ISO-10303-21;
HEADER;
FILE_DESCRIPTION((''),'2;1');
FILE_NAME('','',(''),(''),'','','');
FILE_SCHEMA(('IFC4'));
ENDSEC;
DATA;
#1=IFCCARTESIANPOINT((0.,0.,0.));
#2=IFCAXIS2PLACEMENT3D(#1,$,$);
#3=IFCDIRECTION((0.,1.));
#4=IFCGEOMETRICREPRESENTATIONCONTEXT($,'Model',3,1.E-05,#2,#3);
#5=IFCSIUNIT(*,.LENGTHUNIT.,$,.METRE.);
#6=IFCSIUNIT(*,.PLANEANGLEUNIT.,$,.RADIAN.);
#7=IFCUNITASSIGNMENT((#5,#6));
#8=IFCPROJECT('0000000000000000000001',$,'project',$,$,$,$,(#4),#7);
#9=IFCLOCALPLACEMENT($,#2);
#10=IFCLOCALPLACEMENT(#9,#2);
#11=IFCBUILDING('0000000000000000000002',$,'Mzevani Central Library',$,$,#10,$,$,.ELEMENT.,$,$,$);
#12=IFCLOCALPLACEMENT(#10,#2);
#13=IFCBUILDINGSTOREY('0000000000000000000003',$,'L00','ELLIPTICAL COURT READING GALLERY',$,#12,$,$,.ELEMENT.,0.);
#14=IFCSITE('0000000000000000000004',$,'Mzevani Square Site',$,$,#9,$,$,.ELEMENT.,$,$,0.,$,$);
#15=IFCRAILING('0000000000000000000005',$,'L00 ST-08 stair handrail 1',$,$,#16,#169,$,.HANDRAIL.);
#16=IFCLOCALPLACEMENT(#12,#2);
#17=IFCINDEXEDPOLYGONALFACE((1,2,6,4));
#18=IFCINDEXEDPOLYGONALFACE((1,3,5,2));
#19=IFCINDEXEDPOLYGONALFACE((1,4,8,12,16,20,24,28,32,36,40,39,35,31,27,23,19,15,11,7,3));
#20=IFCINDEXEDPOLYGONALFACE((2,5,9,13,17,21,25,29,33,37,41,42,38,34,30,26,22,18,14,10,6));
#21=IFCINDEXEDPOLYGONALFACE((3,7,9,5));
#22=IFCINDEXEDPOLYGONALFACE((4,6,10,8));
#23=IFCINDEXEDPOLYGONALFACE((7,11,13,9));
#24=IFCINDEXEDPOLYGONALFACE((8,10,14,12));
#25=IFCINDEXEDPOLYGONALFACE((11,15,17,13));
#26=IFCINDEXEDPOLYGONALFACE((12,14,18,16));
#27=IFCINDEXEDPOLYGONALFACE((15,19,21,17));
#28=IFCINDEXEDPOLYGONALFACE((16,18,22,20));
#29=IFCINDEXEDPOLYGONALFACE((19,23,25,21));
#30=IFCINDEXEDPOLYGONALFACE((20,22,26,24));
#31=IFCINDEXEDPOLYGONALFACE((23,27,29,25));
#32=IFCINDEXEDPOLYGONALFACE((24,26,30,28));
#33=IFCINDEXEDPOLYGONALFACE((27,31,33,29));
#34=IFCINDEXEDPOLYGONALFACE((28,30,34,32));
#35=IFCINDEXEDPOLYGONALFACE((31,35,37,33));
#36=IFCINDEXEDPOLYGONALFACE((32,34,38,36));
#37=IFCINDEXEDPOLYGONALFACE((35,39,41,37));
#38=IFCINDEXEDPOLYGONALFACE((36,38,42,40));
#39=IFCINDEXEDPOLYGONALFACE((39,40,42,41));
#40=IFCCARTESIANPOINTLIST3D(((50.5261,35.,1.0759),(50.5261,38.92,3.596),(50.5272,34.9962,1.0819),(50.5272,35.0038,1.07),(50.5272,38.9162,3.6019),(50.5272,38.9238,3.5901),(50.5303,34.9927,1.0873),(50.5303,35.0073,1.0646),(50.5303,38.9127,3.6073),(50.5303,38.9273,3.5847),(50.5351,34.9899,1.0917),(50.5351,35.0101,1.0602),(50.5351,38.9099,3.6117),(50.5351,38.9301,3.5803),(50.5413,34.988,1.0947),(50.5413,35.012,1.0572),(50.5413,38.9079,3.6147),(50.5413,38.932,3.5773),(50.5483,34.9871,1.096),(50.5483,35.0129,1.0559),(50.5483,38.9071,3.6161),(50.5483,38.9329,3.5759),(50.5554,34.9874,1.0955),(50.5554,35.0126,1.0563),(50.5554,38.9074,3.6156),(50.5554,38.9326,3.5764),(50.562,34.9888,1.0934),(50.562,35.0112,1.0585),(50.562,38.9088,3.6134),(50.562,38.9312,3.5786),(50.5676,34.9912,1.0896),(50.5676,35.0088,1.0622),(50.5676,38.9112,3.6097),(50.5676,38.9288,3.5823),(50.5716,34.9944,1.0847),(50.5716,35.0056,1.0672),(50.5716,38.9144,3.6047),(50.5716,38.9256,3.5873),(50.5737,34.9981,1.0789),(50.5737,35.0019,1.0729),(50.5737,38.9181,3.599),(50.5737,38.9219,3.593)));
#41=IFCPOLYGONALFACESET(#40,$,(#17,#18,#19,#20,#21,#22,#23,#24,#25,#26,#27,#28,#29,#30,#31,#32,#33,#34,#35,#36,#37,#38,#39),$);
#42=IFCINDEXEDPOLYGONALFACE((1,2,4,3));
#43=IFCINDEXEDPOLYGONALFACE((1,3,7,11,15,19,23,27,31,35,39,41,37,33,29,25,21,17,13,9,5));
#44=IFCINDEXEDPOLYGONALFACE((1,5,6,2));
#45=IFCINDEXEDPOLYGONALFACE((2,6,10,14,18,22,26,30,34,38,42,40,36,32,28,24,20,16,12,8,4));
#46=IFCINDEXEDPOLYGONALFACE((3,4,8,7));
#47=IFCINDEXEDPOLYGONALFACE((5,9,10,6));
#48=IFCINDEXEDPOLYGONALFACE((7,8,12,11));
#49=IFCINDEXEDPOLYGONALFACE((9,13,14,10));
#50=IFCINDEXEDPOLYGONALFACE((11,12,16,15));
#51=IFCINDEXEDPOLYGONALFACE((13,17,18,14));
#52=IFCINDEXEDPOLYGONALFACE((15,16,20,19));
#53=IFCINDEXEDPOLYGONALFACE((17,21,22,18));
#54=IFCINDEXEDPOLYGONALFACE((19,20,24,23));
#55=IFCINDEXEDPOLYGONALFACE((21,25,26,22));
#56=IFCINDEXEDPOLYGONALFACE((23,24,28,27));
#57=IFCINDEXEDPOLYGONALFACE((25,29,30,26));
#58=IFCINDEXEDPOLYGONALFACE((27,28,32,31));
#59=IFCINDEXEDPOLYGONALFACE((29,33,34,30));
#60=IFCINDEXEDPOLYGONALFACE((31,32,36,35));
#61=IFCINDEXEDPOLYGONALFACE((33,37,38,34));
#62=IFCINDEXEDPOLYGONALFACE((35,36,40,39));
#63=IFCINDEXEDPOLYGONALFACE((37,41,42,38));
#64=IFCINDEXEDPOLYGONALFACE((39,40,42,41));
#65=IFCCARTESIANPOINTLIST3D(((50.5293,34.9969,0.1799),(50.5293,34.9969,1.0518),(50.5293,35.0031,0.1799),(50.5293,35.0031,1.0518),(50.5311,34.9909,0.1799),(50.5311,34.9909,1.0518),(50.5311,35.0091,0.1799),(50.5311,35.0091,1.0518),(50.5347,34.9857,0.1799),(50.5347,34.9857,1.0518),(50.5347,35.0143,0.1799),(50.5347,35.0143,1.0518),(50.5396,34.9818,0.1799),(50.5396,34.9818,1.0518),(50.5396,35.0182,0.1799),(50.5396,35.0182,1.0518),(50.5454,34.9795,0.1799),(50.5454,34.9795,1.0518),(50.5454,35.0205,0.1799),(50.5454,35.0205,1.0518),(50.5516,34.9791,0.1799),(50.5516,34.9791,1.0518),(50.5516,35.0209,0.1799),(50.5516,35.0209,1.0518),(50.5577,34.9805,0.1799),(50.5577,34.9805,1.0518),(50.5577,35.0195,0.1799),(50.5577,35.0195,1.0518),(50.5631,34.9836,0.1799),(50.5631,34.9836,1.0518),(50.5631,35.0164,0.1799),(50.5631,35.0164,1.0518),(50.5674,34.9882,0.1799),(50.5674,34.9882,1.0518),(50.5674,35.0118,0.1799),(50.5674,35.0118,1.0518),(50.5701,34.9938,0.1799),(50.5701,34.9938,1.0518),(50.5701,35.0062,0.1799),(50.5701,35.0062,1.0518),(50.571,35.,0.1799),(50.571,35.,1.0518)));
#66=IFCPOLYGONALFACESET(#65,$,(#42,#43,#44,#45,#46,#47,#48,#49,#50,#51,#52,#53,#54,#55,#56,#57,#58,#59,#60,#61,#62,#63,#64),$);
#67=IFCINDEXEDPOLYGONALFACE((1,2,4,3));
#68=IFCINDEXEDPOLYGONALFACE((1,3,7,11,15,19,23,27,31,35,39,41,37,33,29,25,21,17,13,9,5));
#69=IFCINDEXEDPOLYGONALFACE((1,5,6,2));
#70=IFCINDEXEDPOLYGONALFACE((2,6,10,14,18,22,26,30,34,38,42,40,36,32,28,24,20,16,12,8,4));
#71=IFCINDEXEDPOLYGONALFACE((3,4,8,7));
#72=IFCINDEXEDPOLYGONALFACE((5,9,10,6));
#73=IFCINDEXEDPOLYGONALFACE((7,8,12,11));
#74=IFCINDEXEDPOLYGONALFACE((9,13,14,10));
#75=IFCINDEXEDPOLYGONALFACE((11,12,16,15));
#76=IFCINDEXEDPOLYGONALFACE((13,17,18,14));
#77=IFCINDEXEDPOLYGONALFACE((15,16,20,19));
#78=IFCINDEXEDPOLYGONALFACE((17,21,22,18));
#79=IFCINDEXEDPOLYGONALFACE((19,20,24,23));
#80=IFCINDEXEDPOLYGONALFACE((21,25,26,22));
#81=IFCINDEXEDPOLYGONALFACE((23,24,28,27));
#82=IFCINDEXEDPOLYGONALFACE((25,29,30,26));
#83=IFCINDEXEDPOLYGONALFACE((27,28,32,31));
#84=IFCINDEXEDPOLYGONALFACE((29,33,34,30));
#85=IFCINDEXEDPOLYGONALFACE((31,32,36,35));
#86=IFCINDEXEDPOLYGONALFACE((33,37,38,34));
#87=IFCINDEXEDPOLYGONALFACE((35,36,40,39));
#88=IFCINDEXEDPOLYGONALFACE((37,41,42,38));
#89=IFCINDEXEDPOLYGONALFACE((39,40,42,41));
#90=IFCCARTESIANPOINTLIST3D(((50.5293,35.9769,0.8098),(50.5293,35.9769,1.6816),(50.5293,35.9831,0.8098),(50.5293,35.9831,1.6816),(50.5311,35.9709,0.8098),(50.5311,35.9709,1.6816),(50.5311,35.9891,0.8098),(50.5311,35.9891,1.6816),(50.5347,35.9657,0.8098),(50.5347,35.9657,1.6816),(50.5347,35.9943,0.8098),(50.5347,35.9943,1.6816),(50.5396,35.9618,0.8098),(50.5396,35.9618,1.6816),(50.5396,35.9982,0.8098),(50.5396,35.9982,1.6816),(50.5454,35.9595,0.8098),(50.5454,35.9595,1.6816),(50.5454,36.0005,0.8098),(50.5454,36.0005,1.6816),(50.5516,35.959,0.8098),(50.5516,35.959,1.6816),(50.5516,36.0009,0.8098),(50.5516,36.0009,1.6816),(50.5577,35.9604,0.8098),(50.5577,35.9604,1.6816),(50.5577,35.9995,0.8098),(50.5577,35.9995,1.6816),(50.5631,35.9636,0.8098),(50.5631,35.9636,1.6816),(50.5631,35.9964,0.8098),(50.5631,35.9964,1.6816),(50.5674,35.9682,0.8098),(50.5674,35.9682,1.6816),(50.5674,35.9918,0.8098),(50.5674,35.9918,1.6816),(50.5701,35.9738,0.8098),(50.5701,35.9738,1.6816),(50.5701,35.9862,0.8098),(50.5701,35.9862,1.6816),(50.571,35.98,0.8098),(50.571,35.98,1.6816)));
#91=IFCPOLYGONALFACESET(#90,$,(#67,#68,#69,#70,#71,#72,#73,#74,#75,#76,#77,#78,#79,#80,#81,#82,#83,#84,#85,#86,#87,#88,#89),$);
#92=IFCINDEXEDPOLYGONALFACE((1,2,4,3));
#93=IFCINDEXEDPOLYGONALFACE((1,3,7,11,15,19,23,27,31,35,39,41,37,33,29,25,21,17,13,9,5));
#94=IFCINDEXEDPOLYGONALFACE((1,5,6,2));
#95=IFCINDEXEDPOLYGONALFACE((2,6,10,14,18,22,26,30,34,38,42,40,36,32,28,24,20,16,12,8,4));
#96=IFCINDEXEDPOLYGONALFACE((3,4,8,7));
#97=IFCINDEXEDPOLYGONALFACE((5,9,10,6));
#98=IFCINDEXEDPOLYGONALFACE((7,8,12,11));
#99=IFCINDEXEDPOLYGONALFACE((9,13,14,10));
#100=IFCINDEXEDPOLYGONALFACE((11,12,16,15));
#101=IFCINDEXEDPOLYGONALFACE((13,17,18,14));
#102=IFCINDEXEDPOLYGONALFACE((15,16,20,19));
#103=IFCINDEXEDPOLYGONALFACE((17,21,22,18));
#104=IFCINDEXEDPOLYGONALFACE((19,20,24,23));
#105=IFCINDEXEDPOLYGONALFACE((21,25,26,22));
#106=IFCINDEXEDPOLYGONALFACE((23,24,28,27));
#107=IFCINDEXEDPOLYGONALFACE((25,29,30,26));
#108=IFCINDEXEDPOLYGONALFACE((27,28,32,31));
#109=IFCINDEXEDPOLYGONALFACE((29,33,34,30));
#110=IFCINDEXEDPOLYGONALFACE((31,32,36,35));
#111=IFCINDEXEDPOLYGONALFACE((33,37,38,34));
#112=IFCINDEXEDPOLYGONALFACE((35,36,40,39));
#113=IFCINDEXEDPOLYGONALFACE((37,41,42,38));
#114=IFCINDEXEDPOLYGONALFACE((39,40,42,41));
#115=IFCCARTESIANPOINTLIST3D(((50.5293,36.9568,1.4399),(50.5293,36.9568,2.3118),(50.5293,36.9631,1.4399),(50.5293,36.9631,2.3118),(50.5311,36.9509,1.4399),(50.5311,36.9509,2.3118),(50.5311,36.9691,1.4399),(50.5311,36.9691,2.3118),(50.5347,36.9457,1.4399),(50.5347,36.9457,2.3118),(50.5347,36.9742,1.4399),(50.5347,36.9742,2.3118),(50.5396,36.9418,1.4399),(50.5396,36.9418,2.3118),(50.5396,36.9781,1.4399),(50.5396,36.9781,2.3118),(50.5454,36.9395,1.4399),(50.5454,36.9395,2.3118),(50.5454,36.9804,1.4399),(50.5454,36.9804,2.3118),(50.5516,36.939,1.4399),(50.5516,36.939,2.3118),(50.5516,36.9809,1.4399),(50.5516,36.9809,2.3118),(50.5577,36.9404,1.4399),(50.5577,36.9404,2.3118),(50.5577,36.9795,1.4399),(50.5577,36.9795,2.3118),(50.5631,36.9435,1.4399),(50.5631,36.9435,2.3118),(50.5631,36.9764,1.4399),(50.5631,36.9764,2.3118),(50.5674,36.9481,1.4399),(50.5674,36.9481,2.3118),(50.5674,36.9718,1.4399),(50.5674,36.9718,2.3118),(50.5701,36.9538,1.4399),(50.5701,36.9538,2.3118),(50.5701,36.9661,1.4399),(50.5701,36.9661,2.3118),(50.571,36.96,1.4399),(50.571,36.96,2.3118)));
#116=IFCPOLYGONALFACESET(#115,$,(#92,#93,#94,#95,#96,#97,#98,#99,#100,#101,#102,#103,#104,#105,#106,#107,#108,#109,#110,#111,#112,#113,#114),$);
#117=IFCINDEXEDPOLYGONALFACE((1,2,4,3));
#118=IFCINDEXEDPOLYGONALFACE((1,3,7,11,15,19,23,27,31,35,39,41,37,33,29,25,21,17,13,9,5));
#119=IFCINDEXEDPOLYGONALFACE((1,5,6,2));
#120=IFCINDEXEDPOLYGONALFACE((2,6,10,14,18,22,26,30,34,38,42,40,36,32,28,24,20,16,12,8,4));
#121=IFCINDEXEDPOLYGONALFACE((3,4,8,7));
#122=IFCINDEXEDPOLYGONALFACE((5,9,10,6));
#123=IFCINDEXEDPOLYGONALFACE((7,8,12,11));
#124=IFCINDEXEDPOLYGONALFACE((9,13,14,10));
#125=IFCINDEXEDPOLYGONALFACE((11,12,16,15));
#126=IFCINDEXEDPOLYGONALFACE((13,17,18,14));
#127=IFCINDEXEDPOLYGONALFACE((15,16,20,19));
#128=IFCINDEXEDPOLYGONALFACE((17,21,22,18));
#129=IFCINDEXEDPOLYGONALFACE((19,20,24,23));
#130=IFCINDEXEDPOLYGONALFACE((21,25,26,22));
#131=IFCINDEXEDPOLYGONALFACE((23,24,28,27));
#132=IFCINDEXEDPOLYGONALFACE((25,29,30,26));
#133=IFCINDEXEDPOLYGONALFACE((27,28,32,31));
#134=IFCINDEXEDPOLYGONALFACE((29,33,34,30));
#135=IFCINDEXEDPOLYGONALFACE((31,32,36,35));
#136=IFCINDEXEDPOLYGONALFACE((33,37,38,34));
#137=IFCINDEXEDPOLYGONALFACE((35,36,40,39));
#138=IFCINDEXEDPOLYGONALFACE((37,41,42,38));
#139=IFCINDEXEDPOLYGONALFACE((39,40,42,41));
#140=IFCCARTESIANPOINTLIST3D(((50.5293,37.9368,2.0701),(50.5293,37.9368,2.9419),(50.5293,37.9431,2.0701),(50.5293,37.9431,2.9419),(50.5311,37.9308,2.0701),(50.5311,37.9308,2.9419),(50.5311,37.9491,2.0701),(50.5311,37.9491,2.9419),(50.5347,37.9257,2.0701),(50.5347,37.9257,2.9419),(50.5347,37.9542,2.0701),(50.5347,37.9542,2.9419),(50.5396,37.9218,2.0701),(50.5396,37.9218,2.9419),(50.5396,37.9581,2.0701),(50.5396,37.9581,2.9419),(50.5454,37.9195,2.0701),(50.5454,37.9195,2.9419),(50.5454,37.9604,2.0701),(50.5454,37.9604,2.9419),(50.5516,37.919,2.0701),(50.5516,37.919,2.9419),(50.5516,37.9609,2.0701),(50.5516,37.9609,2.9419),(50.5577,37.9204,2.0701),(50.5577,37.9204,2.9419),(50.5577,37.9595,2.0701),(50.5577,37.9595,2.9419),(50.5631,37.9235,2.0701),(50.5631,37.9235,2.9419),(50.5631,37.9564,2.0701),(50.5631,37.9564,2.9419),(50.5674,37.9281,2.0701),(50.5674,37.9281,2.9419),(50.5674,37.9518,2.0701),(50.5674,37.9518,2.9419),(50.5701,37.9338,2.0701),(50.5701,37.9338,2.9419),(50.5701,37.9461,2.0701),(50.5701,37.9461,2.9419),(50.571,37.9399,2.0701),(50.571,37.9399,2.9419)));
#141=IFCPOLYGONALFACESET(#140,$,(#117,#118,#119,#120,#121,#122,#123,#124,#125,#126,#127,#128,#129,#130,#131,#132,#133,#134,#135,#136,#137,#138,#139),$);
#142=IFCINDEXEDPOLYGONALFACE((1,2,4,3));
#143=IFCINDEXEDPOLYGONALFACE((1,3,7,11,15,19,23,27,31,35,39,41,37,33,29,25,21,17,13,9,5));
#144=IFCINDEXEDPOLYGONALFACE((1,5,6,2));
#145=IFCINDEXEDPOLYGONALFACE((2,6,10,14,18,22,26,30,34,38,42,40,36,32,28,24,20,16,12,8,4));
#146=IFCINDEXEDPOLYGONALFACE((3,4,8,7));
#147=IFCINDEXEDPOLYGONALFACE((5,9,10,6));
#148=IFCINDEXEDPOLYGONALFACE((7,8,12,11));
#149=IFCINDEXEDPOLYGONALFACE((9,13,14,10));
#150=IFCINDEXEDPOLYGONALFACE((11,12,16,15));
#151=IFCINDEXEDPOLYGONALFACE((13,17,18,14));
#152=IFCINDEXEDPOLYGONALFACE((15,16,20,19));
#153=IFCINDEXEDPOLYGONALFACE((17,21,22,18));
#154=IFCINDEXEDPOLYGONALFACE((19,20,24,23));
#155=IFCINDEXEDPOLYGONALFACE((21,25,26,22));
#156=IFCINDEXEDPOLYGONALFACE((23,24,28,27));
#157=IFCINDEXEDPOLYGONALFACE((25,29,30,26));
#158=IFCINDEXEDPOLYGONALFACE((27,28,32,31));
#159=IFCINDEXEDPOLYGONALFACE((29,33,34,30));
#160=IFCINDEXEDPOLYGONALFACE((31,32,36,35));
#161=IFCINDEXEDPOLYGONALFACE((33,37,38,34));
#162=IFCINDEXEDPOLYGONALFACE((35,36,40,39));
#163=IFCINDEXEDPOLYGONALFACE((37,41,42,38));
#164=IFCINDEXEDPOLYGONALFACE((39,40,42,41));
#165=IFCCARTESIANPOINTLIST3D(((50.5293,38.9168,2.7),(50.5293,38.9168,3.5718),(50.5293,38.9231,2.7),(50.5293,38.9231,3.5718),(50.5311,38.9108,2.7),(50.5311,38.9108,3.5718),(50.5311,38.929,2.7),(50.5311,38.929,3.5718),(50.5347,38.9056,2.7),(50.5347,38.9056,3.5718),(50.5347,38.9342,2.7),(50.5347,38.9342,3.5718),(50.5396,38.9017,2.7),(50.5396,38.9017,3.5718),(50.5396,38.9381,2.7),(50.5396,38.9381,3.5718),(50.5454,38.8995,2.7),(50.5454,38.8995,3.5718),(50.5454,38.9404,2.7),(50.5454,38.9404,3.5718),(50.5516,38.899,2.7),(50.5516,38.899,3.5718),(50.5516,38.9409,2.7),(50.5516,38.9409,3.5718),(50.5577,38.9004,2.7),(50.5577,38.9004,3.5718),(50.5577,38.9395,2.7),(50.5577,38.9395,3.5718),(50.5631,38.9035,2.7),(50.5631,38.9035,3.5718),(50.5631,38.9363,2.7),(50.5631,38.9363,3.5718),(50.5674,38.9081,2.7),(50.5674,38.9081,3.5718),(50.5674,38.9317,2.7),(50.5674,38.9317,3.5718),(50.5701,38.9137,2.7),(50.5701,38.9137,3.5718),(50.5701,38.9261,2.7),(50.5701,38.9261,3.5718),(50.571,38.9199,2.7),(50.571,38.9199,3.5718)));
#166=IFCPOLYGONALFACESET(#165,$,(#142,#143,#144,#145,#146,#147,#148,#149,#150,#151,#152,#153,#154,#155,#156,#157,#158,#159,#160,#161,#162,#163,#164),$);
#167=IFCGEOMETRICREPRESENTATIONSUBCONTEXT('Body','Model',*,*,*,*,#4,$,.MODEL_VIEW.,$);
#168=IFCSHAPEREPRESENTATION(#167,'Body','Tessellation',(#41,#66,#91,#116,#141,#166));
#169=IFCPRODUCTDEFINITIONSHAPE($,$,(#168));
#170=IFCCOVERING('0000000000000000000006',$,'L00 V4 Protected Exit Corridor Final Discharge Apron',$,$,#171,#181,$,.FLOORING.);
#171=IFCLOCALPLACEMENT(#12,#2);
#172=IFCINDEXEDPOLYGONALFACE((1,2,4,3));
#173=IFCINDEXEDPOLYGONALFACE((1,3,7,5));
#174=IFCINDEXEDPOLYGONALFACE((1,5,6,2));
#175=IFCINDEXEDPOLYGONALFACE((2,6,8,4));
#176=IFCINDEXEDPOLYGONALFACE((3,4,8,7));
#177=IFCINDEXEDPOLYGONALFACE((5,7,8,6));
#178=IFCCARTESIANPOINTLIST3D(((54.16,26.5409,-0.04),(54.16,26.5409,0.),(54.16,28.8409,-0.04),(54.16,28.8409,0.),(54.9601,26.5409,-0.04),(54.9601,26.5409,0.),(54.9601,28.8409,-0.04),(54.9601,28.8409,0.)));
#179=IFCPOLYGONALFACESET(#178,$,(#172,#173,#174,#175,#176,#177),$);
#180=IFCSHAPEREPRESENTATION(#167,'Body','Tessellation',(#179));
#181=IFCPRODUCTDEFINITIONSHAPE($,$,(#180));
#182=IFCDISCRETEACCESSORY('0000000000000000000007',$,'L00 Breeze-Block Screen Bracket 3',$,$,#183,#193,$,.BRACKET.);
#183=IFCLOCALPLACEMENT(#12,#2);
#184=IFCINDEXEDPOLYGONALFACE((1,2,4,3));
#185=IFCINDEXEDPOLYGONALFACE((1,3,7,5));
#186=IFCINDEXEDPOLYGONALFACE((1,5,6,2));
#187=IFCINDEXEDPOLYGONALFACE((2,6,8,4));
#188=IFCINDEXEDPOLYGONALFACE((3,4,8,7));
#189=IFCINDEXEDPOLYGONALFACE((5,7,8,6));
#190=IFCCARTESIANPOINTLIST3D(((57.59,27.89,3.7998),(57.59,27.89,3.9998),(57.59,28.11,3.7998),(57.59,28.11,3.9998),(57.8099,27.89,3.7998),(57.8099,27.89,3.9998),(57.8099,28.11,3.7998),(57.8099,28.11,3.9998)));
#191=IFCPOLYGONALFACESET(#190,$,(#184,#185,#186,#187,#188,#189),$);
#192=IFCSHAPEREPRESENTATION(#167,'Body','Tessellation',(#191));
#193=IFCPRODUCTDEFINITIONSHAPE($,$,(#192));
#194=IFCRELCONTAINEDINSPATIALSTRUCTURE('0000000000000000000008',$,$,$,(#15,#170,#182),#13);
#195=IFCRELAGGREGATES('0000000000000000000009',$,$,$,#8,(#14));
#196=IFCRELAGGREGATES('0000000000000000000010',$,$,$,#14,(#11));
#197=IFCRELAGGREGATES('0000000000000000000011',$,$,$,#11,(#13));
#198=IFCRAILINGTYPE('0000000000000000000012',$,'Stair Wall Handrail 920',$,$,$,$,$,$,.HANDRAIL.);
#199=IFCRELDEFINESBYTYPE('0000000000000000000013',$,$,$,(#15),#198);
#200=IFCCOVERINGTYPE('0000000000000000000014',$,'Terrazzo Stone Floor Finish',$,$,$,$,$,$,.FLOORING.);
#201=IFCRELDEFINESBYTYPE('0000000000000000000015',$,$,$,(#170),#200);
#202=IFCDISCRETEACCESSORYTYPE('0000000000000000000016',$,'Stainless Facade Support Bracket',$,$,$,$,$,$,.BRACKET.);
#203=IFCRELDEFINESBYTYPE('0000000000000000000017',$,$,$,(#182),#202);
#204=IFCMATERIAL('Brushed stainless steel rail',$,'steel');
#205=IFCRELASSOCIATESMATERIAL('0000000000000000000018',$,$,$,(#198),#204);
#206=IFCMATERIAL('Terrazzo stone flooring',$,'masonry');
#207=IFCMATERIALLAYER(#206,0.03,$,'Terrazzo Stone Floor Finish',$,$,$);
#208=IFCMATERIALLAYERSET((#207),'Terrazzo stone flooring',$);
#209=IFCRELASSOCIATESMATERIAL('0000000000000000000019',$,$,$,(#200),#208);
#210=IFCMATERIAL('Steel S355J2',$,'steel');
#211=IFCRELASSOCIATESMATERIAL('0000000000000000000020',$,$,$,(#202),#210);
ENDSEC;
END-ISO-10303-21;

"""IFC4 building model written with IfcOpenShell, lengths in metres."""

from ifc_helpers import new_model, si_unit, direction, frame, origin, origin_2d, place, context, subcontext, project, spatial, rectangle, circle, extrude, material, layer, layer_set, type_object, element, save


model = new_model("IFC4")

# Units and contexts
model_context = context("Model", 3, precision=1e-05, world=origin(), true_north=direction((0.0, 1.0)))
body_context = subcontext(model_context, "Body", "Model", "MODEL_VIEW")
ifc_project = project(units=[si_unit("LENGTHUNIT", "METRE"), si_unit("PLANEANGLEUNIT", "RADIAN")], contexts=[model_context])

# Site, building, storey
site_placement = place(None, origin())
site = spatial("IfcSite", under=ifc_project, at=site_placement, Name="Mzevani Square Site", CompositionType="ELEMENT", RefElevation=0.0)
building_placement = place(site_placement, origin())
building = spatial("IfcBuilding", under=site, at=building_placement, Name="Mzevani Central Library", CompositionType="ELEMENT")
storey_placement = place(building_placement, origin())
storey = spatial("IfcBuildingStorey", under=building, at=storey_placement, Name="L00", Description="ELLIPTICAL COURT READING GALLERY", CompositionType="ELEMENT", Elevation=0.0)

# Shared definitions
ifc_material_1 = material(Name="Steel S355J2", Category="steel")

# Shared definitions
ifc_material_2 = material(Name="Brushed stainless steel rail", Category="steel")

# Railing
railing_type_1 = type_object("IfcRailingType", Name="Stair Wall Handrail 920", PredefinedType="HANDRAIL", material=ifc_material_2)
railing_1_placement = place(storey_placement, frame((50.55, 35.0, 0.1799)))
element("IfcRailing", 1, at=railing_1_placement, inside=storey, type_object=railing_type_1, Name="L00 ST-08 stair handrail 1", PredefinedType="HANDRAIL", context=body_context, shape_type="SweptSolid", body=[
    extrude(circle(Radius=0.0239, at=origin_2d()), frame((0.0, 0.0, 0.896), z_axis=(0.0, 0.841172, 0.540768), x_axis=(-1.0, 0.0, 0.0)), (0.0, 0.0, 1.0), 4.6602),
    extrude(circle(Radius=0.021, at=origin_2d()), origin(), (0.0, 0.0, 1.0), 0.8718),
    extrude(circle(Radius=0.021, at=origin_2d()), frame((0.0, 0.98, 0.6299)), (0.0, 0.0, 1.0), 0.8718),
    extrude(circle(Radius=0.021, at=origin_2d()), frame((0.0, 1.96, 1.26)), (0.0, 0.0, 1.0), 0.8718),
    extrude(circle(Radius=0.021, at=origin_2d()), frame((0.0, 2.9399, 1.8901)), (0.0, 0.0, 1.0), 0.8718),
    extrude(circle(Radius=0.021, at=origin_2d()), frame((0.0, 3.9199, 2.52)), (0.0, 0.0, 1.0), 0.8718),
])

# Covering
ifc_material_3 = material(Name="Terrazzo stone flooring", Category="masonry")
ifc_layer_1 = layer(ifc_material_3, 0.03, Name="Terrazzo Stone Floor Finish")
ifc_layer_set_1 = layer_set([ifc_layer_1], Name="Terrazzo stone flooring")
covering_type_1 = type_object("IfcCoveringType", Name="Terrazzo Stone Floor Finish", PredefinedType="FLOORING", material=ifc_layer_set_1)
covering_1_placement = place(storey_placement, frame((54.5601, 27.6909, -0.04), z_axis=(0.0, 0.0, 1.0), x_axis=(0.0, -1.0, 0.0)))
element("IfcCovering", 2, at=covering_1_placement, inside=storey, type_object=covering_type_1, Name="L00 V4 Protected Exit Corridor Final Discharge Apron", PredefinedType="FLOORING", context=body_context, shape_type="SweptSolid", body=[
    extrude(rectangle(XDim=2.3, YDim=0.8, at=origin_2d()), origin(), (0.0, 0.0, 1.0), 0.04),
])

# Discrete accessory
discrete_accessory_type = type_object("IfcDiscreteAccessoryType", Name="Stainless Facade Support Bracket", PredefinedType="BRACKET", material=ifc_material_1)
discrete_accessory_placement = place(storey_placement, frame((57.7, 28.0, 3.7998), z_axis=(0.0, 0.0, 1.0), x_axis=(1.0, 0.0, 0.0)))
element("IfcDiscreteAccessory", 3, at=discrete_accessory_placement, inside=storey, type_object=discrete_accessory_type, Name="L00 Breeze-Block Screen Bracket 3", PredefinedType="BRACKET", context=body_context, shape_type="SweptSolid", body=[
    extrude(rectangle(XDim=0.22, YDim=0.22, at=origin_2d()), origin(), (0.0, 0.0, 1.0), 0.2),
])

save(model, "model.ifc")
